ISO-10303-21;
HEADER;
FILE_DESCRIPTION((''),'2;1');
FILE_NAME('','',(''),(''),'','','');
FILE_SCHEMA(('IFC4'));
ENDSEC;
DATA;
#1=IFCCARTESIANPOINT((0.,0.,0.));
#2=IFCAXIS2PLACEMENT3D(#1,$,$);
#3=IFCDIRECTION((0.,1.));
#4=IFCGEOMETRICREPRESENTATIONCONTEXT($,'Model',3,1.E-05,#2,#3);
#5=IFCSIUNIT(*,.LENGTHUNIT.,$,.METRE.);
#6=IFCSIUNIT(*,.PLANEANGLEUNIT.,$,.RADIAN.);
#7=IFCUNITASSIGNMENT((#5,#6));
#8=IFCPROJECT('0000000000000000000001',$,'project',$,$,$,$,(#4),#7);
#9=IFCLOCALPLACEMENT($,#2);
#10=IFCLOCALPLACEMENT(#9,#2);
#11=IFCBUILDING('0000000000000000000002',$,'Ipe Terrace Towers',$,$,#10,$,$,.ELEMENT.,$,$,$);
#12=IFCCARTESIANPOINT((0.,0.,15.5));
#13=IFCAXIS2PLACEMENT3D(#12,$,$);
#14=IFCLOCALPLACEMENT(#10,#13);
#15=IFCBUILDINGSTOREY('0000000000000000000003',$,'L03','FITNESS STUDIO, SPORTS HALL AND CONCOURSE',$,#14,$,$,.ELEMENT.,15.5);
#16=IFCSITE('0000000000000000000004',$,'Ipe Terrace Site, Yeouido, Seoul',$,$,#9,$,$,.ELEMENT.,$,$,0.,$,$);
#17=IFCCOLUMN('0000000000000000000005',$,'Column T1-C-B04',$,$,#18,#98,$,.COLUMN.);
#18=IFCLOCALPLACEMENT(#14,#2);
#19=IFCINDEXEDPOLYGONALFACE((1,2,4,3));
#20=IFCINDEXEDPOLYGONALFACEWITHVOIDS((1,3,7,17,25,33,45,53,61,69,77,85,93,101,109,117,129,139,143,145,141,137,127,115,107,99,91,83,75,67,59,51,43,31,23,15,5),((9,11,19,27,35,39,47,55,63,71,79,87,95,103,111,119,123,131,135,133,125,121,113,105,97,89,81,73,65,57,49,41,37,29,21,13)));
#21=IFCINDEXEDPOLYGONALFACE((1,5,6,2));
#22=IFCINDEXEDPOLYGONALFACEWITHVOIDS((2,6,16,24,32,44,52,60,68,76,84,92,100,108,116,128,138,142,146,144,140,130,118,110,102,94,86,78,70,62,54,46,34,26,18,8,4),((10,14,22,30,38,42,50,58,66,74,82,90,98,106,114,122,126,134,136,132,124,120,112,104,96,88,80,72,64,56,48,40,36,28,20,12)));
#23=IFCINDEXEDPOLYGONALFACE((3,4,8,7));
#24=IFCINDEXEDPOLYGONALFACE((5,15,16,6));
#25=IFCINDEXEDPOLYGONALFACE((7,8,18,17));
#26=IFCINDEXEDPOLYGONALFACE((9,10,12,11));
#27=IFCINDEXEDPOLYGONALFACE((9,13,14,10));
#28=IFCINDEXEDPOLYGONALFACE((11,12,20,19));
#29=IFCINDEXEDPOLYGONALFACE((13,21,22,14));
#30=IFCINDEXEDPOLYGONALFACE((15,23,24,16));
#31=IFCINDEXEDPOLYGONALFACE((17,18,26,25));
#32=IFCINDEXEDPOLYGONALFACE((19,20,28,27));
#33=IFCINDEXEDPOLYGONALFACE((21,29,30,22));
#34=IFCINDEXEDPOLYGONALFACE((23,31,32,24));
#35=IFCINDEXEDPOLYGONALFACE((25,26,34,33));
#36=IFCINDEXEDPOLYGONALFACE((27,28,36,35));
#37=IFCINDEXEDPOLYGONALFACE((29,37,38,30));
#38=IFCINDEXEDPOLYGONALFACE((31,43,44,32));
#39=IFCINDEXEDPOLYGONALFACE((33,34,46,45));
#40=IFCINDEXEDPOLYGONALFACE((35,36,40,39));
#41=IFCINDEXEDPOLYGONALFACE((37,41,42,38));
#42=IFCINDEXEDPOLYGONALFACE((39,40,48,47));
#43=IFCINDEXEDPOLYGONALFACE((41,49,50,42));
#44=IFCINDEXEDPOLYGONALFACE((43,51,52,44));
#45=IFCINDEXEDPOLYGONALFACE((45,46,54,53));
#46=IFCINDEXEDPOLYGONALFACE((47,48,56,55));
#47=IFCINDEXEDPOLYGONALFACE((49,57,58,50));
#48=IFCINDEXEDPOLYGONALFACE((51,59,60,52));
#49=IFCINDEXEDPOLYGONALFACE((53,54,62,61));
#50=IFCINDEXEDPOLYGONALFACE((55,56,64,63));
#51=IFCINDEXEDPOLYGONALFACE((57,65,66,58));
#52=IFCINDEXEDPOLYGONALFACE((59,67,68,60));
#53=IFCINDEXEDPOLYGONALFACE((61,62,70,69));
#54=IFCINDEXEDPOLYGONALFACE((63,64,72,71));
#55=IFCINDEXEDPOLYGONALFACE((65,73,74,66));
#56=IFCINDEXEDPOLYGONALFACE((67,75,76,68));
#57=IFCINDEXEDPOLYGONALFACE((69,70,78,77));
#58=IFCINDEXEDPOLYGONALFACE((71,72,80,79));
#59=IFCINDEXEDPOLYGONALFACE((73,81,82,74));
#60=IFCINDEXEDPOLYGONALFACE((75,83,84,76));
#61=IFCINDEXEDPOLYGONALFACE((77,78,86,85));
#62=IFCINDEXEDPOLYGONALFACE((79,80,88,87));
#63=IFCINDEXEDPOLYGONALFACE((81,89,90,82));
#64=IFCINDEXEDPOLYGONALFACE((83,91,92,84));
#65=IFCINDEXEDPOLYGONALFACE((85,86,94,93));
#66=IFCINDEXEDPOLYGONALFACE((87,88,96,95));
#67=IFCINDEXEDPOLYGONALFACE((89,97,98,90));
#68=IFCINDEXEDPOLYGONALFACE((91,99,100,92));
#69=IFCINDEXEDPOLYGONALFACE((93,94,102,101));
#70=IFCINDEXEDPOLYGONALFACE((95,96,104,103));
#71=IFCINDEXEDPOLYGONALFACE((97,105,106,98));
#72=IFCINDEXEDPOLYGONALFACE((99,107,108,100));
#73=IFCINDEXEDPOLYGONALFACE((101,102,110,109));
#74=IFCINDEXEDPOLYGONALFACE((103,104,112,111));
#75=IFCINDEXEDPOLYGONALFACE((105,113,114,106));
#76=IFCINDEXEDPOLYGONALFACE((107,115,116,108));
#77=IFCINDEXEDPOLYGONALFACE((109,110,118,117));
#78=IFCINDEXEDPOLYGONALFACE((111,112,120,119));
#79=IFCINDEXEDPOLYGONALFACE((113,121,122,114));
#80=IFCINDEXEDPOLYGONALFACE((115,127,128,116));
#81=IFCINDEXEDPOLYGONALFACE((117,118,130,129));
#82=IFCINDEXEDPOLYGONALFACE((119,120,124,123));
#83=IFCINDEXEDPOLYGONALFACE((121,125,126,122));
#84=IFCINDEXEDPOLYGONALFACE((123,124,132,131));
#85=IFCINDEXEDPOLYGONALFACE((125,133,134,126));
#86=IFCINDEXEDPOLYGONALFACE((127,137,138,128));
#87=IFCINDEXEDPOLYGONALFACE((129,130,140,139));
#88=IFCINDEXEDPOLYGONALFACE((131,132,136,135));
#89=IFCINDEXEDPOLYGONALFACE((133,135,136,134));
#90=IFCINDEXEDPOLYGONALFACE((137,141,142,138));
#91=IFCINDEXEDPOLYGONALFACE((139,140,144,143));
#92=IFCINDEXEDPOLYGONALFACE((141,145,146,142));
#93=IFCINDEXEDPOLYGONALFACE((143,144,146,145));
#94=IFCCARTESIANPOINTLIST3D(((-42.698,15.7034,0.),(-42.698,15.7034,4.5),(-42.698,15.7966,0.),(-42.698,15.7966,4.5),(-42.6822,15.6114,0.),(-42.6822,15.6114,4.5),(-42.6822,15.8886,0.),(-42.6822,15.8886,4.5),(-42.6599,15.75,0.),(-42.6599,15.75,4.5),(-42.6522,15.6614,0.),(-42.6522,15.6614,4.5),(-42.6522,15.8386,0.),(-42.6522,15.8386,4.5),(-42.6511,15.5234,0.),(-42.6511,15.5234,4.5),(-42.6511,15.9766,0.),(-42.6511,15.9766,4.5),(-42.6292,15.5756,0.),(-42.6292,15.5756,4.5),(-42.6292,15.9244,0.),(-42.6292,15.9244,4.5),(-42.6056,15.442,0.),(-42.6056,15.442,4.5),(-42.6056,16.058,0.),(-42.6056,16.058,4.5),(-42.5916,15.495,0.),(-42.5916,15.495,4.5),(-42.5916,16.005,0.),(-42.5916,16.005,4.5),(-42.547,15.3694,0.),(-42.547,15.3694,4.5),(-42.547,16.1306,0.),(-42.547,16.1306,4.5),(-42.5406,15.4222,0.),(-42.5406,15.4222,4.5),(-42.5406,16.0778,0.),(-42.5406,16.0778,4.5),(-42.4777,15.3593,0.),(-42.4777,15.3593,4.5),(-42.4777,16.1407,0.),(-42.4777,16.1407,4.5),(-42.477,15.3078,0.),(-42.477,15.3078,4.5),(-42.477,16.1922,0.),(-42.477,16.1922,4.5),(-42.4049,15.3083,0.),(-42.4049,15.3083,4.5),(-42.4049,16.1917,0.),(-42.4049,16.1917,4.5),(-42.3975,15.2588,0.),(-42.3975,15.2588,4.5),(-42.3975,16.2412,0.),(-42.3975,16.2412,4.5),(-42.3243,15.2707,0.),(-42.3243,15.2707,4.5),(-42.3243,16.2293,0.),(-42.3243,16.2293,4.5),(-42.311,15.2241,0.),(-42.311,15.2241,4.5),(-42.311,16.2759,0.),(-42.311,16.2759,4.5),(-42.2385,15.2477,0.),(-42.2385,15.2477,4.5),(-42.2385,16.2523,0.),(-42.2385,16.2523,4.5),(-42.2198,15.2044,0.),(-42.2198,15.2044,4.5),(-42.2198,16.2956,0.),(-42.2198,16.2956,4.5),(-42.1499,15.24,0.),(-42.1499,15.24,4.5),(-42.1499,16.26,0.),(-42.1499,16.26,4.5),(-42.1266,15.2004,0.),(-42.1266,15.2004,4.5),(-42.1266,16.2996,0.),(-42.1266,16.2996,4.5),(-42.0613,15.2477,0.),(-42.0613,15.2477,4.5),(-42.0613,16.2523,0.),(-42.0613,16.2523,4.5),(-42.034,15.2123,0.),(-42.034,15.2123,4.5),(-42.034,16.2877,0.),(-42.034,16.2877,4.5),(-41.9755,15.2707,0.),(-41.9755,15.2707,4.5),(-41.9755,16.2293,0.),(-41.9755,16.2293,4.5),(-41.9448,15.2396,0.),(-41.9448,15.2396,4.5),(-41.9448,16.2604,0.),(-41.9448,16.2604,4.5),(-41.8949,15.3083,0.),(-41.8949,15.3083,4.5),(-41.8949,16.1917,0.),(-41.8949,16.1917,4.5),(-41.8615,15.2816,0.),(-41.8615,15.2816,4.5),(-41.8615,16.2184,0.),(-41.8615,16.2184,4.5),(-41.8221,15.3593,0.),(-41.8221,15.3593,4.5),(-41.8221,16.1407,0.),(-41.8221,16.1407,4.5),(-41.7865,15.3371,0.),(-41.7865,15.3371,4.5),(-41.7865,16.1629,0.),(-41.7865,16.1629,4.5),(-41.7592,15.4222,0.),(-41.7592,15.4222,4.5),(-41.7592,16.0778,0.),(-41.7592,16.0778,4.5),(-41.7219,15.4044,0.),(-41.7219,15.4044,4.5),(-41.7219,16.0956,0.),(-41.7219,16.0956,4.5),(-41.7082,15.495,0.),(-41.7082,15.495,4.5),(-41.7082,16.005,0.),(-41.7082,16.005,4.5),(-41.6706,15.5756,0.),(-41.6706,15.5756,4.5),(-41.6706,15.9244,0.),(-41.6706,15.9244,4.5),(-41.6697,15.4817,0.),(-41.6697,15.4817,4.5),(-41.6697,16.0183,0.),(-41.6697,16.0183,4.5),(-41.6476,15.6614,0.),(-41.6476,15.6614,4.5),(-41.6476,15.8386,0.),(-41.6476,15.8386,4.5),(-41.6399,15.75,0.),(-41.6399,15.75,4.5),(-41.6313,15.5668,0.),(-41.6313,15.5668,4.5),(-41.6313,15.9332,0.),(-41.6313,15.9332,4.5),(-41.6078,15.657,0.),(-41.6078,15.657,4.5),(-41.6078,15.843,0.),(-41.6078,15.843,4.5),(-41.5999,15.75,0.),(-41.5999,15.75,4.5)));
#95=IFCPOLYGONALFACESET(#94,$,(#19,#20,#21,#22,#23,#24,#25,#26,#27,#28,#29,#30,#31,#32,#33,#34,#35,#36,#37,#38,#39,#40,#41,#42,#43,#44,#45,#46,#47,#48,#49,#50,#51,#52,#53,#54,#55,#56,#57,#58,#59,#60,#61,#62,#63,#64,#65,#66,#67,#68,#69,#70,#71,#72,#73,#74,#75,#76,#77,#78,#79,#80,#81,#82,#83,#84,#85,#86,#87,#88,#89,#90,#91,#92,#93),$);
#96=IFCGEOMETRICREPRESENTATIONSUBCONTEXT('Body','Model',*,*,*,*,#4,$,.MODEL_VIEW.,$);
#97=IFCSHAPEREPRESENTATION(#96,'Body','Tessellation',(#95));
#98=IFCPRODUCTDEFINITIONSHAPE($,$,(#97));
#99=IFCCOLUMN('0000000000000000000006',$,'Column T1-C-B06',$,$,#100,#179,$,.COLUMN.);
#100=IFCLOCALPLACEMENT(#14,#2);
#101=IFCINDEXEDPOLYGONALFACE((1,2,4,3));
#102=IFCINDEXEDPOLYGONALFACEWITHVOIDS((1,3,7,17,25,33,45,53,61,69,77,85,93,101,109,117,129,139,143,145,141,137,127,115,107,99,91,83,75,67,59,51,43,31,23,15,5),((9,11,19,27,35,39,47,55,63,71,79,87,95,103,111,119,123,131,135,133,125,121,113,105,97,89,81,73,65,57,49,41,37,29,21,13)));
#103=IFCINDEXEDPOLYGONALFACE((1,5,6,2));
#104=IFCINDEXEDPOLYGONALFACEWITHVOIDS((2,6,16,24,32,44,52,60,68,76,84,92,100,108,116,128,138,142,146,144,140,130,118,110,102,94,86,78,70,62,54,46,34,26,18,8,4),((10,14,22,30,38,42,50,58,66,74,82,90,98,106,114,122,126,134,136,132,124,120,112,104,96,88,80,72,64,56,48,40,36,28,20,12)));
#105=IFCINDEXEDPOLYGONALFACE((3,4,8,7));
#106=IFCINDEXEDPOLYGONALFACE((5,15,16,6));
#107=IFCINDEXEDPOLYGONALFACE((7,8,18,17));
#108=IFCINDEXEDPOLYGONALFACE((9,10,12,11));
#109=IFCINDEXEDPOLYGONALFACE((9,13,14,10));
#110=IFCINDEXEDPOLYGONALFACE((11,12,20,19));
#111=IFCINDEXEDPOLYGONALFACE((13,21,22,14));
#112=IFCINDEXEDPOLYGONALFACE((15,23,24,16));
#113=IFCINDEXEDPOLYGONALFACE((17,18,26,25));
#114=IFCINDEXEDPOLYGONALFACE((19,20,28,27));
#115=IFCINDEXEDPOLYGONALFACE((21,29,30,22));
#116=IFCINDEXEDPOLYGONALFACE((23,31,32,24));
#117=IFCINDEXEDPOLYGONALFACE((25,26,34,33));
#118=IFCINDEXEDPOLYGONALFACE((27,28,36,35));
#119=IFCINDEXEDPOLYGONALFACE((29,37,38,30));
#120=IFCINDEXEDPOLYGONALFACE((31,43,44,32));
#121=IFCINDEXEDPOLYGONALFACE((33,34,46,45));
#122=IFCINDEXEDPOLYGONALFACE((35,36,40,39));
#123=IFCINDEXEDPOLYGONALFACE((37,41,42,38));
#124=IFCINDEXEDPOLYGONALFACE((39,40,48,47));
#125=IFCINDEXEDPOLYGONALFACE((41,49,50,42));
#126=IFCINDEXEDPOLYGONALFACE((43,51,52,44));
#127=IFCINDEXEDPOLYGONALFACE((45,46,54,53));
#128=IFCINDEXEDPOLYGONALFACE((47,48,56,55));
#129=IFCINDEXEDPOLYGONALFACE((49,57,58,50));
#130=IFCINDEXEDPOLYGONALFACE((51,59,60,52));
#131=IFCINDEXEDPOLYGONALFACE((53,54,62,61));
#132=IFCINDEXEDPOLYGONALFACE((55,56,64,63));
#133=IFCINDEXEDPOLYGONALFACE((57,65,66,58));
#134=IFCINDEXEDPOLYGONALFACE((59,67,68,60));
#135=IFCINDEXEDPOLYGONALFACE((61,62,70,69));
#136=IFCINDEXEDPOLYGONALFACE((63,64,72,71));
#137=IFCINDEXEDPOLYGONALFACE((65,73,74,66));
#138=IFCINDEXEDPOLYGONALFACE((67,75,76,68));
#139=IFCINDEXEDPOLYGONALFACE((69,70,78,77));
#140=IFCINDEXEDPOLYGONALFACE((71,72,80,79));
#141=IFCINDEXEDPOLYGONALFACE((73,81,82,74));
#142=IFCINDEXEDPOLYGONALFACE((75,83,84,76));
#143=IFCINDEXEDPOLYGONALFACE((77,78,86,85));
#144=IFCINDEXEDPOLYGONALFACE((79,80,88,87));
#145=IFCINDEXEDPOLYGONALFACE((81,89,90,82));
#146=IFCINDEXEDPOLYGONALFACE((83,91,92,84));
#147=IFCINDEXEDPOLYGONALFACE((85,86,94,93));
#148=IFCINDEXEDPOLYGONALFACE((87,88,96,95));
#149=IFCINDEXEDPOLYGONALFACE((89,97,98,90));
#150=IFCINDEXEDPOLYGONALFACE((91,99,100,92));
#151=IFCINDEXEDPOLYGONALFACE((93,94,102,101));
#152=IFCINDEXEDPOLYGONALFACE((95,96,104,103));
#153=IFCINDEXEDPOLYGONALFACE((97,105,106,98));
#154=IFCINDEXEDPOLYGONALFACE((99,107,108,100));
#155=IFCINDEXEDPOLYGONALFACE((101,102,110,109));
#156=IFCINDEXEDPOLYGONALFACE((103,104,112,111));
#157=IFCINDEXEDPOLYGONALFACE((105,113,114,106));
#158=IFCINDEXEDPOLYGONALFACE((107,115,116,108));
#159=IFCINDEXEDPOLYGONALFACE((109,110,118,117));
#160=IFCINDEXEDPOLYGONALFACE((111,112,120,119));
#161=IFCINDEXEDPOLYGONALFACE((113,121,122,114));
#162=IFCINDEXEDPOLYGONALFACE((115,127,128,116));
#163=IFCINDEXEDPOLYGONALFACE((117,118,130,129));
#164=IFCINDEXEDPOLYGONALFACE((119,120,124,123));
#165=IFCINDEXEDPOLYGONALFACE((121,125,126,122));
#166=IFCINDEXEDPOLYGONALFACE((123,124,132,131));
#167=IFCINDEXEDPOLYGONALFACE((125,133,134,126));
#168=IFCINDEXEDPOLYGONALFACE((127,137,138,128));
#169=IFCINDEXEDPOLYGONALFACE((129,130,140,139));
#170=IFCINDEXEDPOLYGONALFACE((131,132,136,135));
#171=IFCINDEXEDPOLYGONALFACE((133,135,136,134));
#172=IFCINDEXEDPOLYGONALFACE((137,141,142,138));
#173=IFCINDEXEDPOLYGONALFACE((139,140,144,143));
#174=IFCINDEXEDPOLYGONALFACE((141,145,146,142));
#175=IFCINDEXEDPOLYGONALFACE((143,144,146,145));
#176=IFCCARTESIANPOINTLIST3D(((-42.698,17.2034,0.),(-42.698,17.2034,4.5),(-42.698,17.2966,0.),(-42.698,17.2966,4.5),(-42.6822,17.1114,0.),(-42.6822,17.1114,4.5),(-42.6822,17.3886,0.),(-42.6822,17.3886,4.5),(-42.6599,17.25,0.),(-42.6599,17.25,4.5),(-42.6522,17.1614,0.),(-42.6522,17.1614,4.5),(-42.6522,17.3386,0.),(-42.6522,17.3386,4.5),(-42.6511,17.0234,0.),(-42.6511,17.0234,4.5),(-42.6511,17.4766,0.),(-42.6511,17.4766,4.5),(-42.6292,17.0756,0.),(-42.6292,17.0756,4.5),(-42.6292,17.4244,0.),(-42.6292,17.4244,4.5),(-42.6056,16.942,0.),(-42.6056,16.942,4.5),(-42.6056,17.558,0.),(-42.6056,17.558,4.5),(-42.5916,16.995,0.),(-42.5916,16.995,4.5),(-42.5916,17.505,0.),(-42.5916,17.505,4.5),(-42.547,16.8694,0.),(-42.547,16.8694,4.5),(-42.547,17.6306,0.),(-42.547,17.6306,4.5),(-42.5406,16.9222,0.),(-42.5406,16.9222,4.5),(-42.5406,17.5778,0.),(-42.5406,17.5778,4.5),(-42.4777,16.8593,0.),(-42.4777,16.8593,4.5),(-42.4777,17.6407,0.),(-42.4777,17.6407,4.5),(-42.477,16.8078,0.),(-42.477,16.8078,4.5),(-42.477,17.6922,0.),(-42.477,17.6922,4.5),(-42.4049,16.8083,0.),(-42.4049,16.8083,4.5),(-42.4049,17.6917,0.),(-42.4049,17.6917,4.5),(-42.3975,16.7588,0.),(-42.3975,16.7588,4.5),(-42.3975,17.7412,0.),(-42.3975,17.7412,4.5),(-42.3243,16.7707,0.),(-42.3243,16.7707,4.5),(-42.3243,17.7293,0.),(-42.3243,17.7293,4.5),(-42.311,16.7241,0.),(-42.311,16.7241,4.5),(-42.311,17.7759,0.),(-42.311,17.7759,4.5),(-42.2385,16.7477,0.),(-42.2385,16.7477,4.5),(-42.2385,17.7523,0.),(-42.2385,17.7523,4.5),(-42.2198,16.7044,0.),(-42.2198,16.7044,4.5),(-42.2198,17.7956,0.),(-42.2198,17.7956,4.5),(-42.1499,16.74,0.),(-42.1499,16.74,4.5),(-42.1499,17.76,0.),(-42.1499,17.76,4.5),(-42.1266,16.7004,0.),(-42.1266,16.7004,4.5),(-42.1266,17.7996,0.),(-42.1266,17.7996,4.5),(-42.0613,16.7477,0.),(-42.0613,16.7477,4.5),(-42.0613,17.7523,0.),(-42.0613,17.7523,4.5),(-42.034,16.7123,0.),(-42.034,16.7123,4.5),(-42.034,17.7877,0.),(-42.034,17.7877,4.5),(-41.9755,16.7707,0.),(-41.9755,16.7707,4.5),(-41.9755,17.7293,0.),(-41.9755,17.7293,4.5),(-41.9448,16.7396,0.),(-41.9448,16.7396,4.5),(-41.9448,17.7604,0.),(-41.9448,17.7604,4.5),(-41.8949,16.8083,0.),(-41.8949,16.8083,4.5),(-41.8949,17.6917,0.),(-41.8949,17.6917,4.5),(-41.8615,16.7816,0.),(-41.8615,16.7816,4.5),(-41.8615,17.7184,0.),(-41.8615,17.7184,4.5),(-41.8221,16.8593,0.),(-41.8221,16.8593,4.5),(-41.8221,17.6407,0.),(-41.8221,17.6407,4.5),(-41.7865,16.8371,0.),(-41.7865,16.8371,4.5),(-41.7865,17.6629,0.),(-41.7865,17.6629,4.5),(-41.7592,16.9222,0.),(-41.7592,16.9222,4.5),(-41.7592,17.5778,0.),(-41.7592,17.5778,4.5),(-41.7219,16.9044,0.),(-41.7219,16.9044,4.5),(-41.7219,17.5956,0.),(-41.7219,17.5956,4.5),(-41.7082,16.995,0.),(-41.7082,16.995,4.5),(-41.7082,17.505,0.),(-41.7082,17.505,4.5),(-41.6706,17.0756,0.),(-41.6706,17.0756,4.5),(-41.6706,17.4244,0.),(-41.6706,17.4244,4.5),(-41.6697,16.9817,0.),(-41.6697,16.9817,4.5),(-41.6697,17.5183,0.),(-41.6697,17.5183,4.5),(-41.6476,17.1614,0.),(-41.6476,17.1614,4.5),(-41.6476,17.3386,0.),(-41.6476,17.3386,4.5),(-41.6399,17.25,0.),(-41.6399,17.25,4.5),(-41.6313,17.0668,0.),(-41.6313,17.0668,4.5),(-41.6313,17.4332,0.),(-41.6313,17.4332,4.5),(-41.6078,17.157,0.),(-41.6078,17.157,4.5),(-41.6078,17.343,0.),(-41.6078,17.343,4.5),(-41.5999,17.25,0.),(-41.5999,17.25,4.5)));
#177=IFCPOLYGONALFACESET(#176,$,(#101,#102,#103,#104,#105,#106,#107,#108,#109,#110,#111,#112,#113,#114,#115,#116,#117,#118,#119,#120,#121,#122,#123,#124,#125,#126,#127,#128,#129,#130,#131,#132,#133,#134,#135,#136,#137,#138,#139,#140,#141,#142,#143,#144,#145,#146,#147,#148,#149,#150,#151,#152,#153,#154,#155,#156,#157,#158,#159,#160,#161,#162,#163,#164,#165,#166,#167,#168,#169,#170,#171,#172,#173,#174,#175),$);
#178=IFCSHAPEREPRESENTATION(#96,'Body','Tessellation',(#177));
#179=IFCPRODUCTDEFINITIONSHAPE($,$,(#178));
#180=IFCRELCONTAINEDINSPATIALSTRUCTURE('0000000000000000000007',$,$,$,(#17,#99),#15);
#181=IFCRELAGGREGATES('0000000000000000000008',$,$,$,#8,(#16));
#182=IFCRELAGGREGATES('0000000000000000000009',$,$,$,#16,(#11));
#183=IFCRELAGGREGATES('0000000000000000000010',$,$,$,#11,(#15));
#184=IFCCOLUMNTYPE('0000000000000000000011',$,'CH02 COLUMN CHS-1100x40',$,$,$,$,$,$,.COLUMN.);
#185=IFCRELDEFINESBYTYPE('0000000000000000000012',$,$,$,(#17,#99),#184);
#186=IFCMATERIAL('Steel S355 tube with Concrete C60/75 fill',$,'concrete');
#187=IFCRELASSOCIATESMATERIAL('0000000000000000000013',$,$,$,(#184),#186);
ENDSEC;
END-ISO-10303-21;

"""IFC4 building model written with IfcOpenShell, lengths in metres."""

from ifc_helpers import new_model, si_unit, direction, frame, origin, origin_2d, place, context, subcontext, project, spatial, hollow_circle, extrude, material, material_profile, profile_set, type_object, element, save


model = new_model("IFC4")

# Units and contexts
model_context = context("Model", 3, precision=1e-05, world=origin(), true_north=direction((0.0, 1.0)))
body_context = subcontext(model_context, "Body", "Model", "MODEL_VIEW")
ifc_project = project(units=[si_unit("LENGTHUNIT", "METRE"), si_unit("PLANEANGLEUNIT", "RADIAN")], contexts=[model_context])

# Site, building, storey
site_placement = place(None, origin())
site = spatial("IfcSite", under=ifc_project, at=site_placement, Name="Ipe Terrace Site, Yeouido, Seoul", CompositionType="ELEMENT", RefElevation=0.0)
building_placement = place(site_placement, origin())
building = spatial("IfcBuilding", under=site, at=building_placement, Name="Ipe Terrace Towers", CompositionType="ELEMENT")
storey_placement = place(building_placement, frame((0.0, 0.0, 15.5)))
storey = spatial("IfcBuildingStorey", under=building, at=storey_placement, Name="L03", Description="FITNESS STUDIO, SPORTS HALL AND CONCOURSE", CompositionType="ELEMENT", Elevation=15.5)

# Columns
ifc_material_1 = material(Name="Steel S355 tube with Concrete C60/75 fill", Category="concrete")
ifc_material_profile_1 = material_profile(ifc_material_1, hollow_circle(Radius=0.55, WallThickness=0.04, at=origin_2d()), Name="CHS-1100x40")
ifc_profile_set_1 = profile_set([ifc_material_profile_1], Name="Steel S355 tube with Concrete C60/75 fill")
column_type_1 = type_object("IfcColumnType", Name="CH02 COLUMN CHS-1100x40", PredefinedType="COLUMN", material=ifc_profile_set_1)
for number, where, z_axis, x_axis, name in (
    (1, (-42.1499, 15.75, 0.0), (0.0, 0.0, 1.0), (1.0, 0.0, 0.0), "Column T1-C-B04"),
    (2, (-42.1499, 17.25, 0.0), (0.0, 0.0, 1.0), (1.0, 0.0, 0.0), "Column T1-C-B06"),
):
    element("IfcColumn", number, at=place(storey_placement, frame(where, z_axis=z_axis, x_axis=x_axis)), inside=storey, type_object=column_type_1, Name=name, PredefinedType="COLUMN", context=body_context, shape_type="SweptSolid", body=[
        extrude(hollow_circle(Radius=0.55, WallThickness=0.04, at=origin_2d()), origin(), (0.0, 0.0, 1.0), 4.5),
    ])

save(model, "model.ifc")
